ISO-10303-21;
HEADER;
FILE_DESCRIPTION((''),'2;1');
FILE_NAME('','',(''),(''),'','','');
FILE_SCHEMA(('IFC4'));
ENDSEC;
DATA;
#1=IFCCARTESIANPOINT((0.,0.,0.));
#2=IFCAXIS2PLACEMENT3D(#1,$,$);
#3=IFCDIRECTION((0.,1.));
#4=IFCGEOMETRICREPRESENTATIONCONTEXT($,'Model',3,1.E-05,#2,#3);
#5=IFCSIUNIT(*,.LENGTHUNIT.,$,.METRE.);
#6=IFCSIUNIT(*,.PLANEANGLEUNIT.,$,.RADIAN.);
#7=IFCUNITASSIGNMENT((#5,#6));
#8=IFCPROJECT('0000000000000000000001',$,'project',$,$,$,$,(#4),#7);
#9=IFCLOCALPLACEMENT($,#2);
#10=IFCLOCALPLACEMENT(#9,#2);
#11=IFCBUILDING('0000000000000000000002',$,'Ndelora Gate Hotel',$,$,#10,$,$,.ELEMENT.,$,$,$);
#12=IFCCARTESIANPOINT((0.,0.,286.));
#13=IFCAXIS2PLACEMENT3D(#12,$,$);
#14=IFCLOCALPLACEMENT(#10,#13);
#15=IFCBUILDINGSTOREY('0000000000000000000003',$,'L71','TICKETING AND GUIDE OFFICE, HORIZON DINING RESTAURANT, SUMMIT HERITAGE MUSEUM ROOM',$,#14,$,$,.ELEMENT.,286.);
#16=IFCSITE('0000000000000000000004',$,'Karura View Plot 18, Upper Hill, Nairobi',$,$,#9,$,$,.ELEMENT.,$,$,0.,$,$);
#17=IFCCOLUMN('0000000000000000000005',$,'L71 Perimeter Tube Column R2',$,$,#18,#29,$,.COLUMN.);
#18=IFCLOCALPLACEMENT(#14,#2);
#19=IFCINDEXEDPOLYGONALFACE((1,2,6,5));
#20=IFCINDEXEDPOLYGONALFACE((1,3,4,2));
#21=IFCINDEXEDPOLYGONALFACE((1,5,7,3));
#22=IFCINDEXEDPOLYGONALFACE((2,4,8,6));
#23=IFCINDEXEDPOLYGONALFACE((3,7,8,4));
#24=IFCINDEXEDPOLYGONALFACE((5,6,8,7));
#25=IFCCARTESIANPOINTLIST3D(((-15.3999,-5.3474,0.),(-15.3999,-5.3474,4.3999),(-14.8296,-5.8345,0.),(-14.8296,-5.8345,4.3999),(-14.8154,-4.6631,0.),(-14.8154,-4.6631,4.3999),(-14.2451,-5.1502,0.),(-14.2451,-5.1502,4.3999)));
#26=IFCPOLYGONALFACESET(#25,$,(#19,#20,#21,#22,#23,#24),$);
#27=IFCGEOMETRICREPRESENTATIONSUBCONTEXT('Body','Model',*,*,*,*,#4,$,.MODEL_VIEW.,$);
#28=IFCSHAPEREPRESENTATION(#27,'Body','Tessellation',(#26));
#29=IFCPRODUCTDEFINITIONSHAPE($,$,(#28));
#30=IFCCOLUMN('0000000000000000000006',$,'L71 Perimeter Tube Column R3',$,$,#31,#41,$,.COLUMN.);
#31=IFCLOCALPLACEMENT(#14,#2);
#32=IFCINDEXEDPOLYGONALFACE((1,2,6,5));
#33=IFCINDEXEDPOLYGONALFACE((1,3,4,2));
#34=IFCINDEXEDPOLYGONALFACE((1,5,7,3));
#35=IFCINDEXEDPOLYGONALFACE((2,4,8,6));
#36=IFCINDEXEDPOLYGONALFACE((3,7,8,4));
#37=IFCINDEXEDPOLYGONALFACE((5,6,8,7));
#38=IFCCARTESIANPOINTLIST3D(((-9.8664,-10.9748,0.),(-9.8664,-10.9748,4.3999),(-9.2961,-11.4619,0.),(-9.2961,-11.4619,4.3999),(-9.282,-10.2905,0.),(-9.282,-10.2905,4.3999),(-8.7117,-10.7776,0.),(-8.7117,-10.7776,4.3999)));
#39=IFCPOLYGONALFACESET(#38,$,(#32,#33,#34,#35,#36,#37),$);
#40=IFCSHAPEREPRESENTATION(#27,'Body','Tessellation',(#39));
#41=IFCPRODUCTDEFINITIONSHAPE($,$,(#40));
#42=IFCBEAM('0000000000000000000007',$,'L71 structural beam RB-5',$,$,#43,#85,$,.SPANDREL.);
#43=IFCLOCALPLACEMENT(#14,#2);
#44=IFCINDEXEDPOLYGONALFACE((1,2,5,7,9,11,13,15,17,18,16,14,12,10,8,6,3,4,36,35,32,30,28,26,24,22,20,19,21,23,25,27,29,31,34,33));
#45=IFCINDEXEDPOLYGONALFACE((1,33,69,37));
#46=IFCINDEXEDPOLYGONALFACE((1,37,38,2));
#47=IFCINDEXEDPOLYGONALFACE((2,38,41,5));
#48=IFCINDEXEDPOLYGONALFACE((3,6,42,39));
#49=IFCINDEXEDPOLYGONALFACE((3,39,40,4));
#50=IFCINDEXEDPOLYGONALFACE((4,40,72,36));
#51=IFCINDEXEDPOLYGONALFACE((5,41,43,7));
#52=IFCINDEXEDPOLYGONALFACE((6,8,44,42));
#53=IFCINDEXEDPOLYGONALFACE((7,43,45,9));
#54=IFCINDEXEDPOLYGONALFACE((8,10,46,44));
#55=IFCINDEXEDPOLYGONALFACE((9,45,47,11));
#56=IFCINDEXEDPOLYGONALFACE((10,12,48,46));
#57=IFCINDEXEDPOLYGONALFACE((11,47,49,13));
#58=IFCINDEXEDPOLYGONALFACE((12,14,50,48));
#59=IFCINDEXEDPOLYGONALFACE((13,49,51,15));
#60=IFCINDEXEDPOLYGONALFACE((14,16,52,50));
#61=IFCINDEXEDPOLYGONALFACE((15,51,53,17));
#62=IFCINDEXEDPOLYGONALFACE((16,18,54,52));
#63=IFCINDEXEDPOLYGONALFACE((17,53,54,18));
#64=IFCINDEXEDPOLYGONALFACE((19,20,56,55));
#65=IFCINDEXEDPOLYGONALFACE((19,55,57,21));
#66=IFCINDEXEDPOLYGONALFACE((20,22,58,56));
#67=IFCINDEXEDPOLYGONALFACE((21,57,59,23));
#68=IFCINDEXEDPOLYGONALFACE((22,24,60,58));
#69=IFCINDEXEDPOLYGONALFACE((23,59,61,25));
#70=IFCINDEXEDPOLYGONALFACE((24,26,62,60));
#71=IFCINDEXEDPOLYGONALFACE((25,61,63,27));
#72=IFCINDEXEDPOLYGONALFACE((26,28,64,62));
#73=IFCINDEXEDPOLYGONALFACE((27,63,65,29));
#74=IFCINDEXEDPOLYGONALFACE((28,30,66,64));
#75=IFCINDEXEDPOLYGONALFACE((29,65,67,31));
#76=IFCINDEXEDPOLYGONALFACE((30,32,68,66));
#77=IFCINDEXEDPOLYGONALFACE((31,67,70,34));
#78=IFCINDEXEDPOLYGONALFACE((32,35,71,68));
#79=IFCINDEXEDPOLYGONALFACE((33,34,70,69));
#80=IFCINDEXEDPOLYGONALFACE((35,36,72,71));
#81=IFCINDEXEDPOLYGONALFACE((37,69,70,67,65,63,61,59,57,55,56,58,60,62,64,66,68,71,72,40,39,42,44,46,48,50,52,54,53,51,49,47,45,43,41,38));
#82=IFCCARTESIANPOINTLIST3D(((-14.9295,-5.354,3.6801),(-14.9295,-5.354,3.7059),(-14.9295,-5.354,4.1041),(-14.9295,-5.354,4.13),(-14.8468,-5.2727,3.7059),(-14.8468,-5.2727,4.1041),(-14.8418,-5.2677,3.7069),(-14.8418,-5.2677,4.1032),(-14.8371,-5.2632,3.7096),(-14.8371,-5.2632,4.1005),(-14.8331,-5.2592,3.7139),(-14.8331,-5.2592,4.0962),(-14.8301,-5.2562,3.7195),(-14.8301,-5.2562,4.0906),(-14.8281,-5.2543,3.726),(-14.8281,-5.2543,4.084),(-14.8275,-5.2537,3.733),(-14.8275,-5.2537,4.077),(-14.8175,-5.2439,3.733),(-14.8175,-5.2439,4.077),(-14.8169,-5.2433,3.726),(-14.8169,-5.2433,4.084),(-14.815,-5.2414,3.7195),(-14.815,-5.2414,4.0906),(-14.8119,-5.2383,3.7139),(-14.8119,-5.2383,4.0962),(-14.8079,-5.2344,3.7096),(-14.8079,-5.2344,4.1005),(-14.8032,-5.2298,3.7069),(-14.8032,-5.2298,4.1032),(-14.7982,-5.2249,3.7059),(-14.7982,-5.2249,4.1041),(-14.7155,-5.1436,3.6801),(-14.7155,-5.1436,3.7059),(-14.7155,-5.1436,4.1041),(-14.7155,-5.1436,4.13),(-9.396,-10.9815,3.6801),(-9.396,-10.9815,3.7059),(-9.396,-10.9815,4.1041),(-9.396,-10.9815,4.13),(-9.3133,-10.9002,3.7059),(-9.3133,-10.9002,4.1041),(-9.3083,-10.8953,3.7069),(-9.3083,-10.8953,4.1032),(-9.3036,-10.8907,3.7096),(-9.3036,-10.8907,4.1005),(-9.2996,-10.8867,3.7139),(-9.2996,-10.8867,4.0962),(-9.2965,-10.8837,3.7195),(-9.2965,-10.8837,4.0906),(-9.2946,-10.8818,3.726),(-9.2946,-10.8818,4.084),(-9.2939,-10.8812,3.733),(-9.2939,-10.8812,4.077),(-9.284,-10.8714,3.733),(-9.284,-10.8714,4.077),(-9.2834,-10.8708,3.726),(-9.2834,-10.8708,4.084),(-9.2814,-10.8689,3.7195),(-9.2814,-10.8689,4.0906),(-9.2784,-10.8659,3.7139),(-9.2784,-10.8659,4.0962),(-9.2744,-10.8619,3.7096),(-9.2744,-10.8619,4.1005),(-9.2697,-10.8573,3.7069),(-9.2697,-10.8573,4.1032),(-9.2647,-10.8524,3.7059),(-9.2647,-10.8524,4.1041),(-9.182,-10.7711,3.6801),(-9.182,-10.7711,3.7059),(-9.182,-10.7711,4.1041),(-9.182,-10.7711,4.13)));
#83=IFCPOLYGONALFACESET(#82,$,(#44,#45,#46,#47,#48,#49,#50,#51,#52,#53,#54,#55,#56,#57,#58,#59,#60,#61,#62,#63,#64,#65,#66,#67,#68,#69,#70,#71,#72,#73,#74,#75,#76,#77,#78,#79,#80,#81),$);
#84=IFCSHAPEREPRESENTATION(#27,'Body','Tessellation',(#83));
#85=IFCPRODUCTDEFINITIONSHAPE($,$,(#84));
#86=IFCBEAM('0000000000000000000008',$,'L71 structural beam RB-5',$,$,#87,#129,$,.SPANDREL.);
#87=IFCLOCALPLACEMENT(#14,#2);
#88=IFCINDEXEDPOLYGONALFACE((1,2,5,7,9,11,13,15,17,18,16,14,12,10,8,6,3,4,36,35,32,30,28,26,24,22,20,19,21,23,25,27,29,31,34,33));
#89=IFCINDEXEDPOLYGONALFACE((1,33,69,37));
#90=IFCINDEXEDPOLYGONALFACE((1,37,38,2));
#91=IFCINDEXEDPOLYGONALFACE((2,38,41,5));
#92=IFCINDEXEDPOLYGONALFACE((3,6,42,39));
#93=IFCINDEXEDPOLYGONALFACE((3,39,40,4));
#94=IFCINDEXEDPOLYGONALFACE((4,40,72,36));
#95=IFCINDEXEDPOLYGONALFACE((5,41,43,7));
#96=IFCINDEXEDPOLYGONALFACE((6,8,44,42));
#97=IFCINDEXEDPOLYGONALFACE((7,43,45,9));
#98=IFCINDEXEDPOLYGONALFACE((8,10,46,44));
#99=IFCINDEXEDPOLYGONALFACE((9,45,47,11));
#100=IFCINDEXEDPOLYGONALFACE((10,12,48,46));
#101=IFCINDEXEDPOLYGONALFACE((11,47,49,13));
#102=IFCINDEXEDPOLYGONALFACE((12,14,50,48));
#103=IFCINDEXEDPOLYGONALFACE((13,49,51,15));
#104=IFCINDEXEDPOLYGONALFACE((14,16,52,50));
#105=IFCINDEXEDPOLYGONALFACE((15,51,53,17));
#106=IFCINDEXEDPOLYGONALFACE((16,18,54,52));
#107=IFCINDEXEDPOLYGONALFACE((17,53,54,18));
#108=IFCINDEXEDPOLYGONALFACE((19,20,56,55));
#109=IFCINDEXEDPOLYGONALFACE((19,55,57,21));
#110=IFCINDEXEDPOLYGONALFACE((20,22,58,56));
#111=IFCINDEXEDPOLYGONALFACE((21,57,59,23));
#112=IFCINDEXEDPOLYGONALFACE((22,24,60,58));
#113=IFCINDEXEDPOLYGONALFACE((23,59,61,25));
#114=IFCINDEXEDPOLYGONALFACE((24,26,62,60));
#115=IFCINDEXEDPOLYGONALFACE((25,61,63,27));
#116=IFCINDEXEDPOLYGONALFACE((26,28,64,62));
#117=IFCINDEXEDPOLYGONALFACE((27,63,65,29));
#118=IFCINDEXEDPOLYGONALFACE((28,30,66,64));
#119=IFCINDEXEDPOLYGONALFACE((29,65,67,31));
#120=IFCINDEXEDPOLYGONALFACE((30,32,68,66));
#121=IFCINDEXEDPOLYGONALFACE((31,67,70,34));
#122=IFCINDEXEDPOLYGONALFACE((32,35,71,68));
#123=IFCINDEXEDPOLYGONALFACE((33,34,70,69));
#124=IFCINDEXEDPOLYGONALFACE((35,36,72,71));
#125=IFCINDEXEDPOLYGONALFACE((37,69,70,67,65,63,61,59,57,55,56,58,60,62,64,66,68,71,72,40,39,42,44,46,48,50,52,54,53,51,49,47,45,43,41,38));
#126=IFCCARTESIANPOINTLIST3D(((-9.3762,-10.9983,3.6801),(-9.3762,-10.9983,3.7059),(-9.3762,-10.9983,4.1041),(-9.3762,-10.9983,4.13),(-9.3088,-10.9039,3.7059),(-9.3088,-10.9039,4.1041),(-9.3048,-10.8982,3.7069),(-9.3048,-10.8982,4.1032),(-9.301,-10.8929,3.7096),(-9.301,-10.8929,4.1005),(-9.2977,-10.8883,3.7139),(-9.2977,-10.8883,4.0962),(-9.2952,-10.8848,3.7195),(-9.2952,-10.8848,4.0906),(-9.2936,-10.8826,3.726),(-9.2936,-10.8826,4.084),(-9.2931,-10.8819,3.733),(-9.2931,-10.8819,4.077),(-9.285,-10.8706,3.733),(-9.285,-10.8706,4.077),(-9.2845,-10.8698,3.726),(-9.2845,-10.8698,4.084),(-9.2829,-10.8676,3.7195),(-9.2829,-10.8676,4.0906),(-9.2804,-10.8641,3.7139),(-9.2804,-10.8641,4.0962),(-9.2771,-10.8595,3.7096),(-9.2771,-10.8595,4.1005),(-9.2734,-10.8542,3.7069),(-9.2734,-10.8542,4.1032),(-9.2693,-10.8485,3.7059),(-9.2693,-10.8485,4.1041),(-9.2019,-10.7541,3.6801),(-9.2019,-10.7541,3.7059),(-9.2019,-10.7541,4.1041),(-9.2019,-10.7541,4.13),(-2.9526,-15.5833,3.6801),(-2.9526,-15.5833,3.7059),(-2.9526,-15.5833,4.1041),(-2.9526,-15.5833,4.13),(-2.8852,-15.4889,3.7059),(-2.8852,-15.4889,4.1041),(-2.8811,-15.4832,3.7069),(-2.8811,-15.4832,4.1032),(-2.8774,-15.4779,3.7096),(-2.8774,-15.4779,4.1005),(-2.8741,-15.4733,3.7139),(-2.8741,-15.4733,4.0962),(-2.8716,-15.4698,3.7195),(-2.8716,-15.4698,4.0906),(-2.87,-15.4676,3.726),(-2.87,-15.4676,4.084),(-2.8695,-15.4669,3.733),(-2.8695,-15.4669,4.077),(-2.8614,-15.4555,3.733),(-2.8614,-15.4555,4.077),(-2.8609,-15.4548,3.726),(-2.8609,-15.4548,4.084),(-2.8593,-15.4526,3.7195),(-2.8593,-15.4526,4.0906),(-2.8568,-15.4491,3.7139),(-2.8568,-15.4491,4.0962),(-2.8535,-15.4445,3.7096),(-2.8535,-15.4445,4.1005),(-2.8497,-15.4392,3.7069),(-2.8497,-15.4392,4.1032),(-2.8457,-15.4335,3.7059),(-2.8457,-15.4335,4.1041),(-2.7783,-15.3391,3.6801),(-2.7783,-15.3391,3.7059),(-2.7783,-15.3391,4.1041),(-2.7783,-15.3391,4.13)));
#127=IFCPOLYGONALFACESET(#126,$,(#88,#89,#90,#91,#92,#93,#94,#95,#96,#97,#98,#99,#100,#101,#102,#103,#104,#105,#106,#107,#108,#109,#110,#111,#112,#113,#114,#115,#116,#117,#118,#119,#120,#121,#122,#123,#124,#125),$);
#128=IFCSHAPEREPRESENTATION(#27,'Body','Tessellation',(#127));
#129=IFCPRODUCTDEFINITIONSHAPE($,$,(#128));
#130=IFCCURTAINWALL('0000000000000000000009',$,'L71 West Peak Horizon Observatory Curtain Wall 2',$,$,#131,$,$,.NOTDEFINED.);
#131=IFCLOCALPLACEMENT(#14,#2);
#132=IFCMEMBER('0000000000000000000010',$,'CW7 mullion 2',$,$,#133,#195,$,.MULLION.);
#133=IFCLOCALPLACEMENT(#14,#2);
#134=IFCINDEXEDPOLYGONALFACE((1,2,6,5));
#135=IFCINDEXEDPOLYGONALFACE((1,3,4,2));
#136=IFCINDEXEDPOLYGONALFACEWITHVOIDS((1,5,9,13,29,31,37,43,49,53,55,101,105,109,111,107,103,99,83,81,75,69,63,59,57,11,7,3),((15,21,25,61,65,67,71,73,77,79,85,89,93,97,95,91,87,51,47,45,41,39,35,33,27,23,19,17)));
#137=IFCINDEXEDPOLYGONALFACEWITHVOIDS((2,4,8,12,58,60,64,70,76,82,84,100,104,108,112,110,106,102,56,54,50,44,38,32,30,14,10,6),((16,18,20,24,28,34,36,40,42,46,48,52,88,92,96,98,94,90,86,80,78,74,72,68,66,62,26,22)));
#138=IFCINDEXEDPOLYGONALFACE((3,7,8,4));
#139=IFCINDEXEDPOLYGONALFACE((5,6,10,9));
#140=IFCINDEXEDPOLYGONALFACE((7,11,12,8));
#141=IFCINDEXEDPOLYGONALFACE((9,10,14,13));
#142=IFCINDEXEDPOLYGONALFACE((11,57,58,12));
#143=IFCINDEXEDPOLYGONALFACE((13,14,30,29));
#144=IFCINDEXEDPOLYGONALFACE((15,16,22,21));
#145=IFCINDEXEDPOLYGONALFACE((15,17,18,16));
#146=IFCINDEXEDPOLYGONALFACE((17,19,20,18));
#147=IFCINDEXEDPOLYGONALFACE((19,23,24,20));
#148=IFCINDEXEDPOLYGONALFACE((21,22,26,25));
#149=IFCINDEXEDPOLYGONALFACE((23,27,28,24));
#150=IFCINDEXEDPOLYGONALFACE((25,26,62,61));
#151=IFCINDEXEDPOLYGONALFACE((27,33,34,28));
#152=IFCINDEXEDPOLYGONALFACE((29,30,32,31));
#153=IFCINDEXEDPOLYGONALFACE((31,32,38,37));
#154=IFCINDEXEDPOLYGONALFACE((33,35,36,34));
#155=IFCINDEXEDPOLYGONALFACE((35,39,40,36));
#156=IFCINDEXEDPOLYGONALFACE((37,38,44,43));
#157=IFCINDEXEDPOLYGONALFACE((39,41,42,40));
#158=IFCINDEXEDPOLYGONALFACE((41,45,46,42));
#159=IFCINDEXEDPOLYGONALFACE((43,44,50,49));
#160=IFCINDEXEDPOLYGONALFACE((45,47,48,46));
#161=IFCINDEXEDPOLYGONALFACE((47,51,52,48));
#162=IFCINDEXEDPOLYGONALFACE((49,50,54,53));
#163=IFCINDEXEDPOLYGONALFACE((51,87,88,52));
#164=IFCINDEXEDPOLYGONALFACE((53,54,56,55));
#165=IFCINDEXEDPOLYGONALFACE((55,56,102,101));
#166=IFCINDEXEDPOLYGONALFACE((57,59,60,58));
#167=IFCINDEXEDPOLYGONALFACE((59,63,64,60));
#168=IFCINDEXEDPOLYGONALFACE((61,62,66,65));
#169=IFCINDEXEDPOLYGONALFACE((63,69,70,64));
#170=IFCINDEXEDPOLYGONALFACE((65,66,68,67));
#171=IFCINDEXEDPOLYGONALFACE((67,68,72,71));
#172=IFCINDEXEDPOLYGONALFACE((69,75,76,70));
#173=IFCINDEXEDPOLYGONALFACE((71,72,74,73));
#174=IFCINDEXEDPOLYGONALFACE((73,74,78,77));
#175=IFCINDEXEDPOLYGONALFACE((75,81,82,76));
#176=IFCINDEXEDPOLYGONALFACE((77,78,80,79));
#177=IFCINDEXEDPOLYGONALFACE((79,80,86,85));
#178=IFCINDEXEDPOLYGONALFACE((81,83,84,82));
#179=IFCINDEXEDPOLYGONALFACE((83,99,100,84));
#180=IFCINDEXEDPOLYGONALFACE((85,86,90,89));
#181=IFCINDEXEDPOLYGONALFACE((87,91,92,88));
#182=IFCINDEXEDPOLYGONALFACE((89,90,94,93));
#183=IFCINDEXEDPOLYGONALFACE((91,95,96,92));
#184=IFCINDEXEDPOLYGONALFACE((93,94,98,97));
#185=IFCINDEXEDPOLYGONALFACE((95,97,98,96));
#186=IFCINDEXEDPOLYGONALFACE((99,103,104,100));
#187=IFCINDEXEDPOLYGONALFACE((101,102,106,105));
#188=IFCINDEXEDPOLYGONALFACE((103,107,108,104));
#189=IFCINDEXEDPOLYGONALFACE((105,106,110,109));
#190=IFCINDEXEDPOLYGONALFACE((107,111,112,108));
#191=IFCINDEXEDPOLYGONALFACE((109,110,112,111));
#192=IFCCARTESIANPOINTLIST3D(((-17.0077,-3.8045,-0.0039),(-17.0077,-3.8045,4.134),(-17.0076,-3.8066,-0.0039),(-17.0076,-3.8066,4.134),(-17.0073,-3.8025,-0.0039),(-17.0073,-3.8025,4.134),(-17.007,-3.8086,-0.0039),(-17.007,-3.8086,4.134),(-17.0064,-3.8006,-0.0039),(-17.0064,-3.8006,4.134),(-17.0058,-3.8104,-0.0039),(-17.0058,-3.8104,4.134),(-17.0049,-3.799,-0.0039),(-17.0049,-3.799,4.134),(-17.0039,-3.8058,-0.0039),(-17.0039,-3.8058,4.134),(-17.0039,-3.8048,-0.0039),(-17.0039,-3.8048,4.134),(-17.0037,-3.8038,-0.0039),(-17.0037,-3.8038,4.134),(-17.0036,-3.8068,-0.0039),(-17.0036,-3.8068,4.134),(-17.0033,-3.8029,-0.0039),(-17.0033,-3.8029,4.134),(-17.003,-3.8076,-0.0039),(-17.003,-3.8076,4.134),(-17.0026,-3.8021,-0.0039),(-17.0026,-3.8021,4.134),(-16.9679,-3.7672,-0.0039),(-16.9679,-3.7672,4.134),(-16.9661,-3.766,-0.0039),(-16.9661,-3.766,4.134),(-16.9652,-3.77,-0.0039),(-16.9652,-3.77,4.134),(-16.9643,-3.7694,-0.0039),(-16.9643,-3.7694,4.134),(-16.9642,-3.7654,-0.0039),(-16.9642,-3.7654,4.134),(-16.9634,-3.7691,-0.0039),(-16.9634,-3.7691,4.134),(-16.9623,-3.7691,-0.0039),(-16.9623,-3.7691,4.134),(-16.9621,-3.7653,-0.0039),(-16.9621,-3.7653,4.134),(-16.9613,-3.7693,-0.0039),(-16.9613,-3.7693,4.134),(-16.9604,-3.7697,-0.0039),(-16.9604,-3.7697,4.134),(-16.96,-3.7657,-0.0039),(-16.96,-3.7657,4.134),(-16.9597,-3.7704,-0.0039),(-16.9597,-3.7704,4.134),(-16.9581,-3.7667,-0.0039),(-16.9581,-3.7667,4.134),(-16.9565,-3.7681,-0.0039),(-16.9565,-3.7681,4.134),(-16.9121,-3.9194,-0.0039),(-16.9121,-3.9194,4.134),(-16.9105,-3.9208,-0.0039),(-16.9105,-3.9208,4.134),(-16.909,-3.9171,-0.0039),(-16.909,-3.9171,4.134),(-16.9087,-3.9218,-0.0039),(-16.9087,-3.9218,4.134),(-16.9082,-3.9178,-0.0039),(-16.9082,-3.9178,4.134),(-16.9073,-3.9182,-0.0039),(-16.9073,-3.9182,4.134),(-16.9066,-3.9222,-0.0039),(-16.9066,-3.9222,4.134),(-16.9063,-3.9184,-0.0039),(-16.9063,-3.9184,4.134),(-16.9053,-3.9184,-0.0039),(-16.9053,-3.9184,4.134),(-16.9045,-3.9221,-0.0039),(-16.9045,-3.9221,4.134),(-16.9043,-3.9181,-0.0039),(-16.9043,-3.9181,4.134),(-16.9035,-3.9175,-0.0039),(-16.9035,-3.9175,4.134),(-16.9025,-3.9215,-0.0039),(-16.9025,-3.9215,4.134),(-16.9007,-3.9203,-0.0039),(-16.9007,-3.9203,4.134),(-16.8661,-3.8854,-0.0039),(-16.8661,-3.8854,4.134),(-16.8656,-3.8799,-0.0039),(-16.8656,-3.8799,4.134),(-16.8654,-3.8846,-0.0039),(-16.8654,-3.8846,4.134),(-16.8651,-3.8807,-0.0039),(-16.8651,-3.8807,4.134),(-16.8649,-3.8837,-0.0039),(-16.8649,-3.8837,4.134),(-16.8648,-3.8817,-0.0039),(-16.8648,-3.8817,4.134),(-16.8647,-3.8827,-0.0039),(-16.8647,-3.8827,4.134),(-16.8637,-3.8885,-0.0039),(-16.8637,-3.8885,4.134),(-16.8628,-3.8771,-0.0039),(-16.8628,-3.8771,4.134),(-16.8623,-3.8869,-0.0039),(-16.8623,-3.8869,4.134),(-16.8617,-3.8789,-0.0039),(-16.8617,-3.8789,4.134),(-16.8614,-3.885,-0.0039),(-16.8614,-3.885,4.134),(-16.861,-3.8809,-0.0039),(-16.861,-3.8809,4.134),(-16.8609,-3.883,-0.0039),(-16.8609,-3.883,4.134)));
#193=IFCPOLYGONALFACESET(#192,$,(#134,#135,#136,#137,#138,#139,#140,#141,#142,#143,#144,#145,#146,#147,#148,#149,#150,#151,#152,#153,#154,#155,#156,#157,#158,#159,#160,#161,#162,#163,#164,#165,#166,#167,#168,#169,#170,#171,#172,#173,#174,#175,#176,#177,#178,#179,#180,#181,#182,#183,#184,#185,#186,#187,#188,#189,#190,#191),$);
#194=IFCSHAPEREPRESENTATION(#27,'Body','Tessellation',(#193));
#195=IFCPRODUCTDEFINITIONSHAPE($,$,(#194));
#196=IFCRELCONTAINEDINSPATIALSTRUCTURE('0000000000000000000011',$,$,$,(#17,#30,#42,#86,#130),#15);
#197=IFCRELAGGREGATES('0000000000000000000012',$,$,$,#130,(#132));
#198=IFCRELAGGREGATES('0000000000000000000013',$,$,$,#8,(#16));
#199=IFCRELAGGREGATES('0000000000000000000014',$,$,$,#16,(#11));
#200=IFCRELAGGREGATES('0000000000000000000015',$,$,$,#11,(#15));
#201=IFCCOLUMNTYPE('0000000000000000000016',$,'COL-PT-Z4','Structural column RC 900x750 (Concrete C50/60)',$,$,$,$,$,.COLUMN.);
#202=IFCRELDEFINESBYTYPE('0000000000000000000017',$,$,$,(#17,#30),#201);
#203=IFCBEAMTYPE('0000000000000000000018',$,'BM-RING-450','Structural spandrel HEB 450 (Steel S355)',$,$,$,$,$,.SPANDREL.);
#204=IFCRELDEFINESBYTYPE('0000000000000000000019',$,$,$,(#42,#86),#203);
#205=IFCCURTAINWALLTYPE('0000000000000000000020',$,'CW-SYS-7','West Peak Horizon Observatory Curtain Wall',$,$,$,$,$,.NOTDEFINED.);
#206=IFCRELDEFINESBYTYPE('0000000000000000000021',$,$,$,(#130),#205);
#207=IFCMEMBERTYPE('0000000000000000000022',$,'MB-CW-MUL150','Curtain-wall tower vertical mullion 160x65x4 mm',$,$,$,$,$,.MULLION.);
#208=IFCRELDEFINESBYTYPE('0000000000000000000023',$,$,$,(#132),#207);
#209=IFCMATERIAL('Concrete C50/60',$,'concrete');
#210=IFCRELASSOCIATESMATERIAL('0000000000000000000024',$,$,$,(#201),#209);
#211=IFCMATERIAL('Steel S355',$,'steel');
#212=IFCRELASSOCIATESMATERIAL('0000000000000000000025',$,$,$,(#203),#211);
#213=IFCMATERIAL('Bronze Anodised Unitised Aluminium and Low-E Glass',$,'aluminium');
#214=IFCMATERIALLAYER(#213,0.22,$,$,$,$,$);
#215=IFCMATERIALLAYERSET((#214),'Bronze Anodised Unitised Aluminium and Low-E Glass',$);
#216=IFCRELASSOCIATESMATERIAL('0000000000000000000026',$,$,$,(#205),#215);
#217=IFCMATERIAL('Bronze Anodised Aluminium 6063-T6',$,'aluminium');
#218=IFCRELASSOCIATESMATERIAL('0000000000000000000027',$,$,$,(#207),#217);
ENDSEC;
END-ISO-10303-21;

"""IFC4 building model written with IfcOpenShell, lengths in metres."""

from ifc_helpers import new_model, si_unit, direction, frame, origin, origin_2d, place, context, subcontext, project, spatial, rectangle, hollow_rectangle, i_section, extrude, material, layer, layer_set, material_profile, profile_set, type_object, element, aggregate, save


model = new_model("IFC4")

# Units and contexts
model_context = context("Model", 3, precision=1e-05, world=origin(), true_north=direction((0.0, 1.0)))
body_context = subcontext(model_context, "Body", "Model", "MODEL_VIEW")
ifc_project = project(units=[si_unit("LENGTHUNIT", "METRE"), si_unit("PLANEANGLEUNIT", "RADIAN")], contexts=[model_context])

# Site, building, storey
site_placement = place(None, origin())
site = spatial("IfcSite", under=ifc_project, at=site_placement, Name="Karura View Plot 18, Upper Hill, Nairobi", CompositionType="ELEMENT", RefElevation=0.0)
building_placement = place(site_placement, origin())
building = spatial("IfcBuilding", under=site, at=building_placement, Name="Ndelora Gate Hotel", CompositionType="ELEMENT")
storey_placement = place(building_placement, frame((0.0, 0.0, 286.0)))
storey = spatial("IfcBuildingStorey", under=building, at=storey_placement, Name="L71", Description="TICKETING AND GUIDE OFFICE, HORIZON DINING RESTAURANT, SUMMIT HERITAGE MUSEUM ROOM", CompositionType="ELEMENT", Elevation=286.0)

# Columns
ifc_material_1 = material(Name="Concrete C50/60", Category="concrete")
ifc_material_profile_1 = material_profile(ifc_material_1, rectangle(XDim=0.75, YDim=0.8999, at=origin_2d()), Name="RC 900x750")
ifc_profile_set_1 = profile_set([ifc_material_profile_1], Name="Concrete C50/60")
column_type = type_object("IfcColumnType", Name="COL-PT-Z4", Description="Structural column RC 900x750 (Concrete C50/60)", PredefinedType="COLUMN", material=ifc_profile_set_1)
for number, where, z_axis, x_axis, name in (
    (1, (-14.8225, -5.2488, 0.0), (0.0, 0.0, 1.0), (-0.760406, 0.649448, 0.0), "L71 Perimeter Tube Column R2"),
    (2, (-9.2891, -10.8762, 0.0), (0.0, 0.0, 1.0), (-0.760406, 0.649448, 0.0), "L71 Perimeter Tube Column R3"),
):
    element("IfcColumn", number, at=place(storey_placement, frame(where, z_axis=z_axis, x_axis=x_axis)), inside=storey, type_object=column_type, Name=name, PredefinedType="COLUMN", context=body_context, shape_type="SweptSolid", body=[
        extrude(rectangle(XDim=0.75, YDim=0.8999, at=origin_2d()), origin(), (0.0, 0.0, 1.0), 4.3999),
    ])

# Beams
ifc_material_2 = material(Name="Steel S355", Category="steel")
ifc_material_profile_2 = material_profile(ifc_material_2, i_section(OverallWidth=0.3, OverallDepth=0.45, WebThickness=0.0139, FlangeThickness=0.0259, FilletRadius=0.0271, at=origin_2d()), Name="HEB 450")
ifc_profile_set_2 = profile_set([ifc_material_profile_2], Name="Steel S355")
beam_type = type_object("IfcBeamType", Name="BM-RING-450", Description="Structural spandrel HEB 450 (Steel S355)", PredefinedType="SPANDREL", material=ifc_profile_set_2)
beam_1_placement = place(storey_placement, frame((-14.8225, -5.2488, 3.905), z_axis=(0.701127, -0.713037, 0.0), x_axis=(0.713037, 0.701127, 0.0)))
element("IfcBeam", 3, at=beam_1_placement, inside=storey, type_object=beam_type, Name="L71 structural beam RB-5", PredefinedType="SPANDREL", context=body_context, shape_type="SweptSolid", body=[
    extrude(i_section(OverallWidth=0.3, OverallDepth=0.45, WebThickness=0.0139, FlangeThickness=0.0259, FilletRadius=0.0271, at=origin_2d()), origin(), (0.0, 0.0, 1.0), 7.8923),
])
beam_2_placement = place(storey_placement, frame((-9.2891, -10.8762, 3.905), z_axis=(0.813932, -0.58096, 0.0), x_axis=(0.58096, 0.813932, 0.0)))
element("IfcBeam", 4, at=beam_2_placement, inside=storey, type_object=beam_type, Name="L71 structural beam RB-5", PredefinedType="SPANDREL", context=body_context, shape_type="SweptSolid", body=[
    extrude(i_section(OverallWidth=0.3, OverallDepth=0.45, WebThickness=0.0139, FlangeThickness=0.0259, FilletRadius=0.0271, at=origin_2d()), origin(), (0.0, 0.0, 1.0), 7.8921),
])

# Curtain wall, member
ifc_material_3 = material(Name="Bronze Anodised Unitised Aluminium and Low-E Glass", Category="aluminium")
ifc_layer_1 = layer(ifc_material_3, 0.22)
ifc_layer_set_1 = layer_set([ifc_layer_1], Name="Bronze Anodised Unitised Aluminium and Low-E Glass")
curtain_wall_type = type_object("IfcCurtainWallType", Name="CW-SYS-7", Description="West Peak Horizon Observatory Curtain Wall", PredefinedType="NOTDEFINED", material=ifc_layer_set_1)
curtain_wall_placement = place(storey_placement, origin())
curtain_wall = element("IfcCurtainWall", 5, at=curtain_wall_placement, inside=storey, type_object=curtain_wall_type, Name="L71 West Peak Horizon Observatory Curtain Wall 2", PredefinedType="NOTDEFINED")
ifc_material_4 = material(Name="Bronze Anodised Aluminium 6063-T6", Category="aluminium")
ifc_material_profile_3 = material_profile(ifc_material_4, hollow_rectangle(XDim=0.0649, YDim=0.1599, WallThickness=0.0039, InnerFilletRadius=0.0039, OuterFilletRadius=0.0081, at=origin_2d()), Name="ALU 160x65x4")
ifc_profile_set_3 = profile_set([ifc_material_profile_3], Name="Bronze Anodised Aluminium 6063-T6")
member_type_1 = type_object("IfcMemberType", Name="MB-CW-MUL150", Description="Curtain-wall tower vertical mullion 160x65x4 mm", PredefinedType="MULLION", material=ifc_profile_set_3)
member_1_placement = place(storey_placement, frame((-16.9343, -3.8438, -0.0039), z_axis=(0.0, 0.0, 1.0), x_axis=(0.75853, 0.651638, 0.0)))
member_1 = element("IfcMember", 6, at=member_1_placement, type_object=member_type_1, Name="CW7 mullion 2", PredefinedType="MULLION", context=body_context, shape_type="SweptSolid", body=[
    extrude(hollow_rectangle(XDim=0.0649, YDim=0.1599, WallThickness=0.0039, InnerFilletRadius=0.0039, OuterFilletRadius=0.0081, at=origin_2d()), origin(), (0.0, 0.0, 1.0), 4.1379),
])
aggregate(curtain_wall, [member_1])

save(model, "model.ifc")
